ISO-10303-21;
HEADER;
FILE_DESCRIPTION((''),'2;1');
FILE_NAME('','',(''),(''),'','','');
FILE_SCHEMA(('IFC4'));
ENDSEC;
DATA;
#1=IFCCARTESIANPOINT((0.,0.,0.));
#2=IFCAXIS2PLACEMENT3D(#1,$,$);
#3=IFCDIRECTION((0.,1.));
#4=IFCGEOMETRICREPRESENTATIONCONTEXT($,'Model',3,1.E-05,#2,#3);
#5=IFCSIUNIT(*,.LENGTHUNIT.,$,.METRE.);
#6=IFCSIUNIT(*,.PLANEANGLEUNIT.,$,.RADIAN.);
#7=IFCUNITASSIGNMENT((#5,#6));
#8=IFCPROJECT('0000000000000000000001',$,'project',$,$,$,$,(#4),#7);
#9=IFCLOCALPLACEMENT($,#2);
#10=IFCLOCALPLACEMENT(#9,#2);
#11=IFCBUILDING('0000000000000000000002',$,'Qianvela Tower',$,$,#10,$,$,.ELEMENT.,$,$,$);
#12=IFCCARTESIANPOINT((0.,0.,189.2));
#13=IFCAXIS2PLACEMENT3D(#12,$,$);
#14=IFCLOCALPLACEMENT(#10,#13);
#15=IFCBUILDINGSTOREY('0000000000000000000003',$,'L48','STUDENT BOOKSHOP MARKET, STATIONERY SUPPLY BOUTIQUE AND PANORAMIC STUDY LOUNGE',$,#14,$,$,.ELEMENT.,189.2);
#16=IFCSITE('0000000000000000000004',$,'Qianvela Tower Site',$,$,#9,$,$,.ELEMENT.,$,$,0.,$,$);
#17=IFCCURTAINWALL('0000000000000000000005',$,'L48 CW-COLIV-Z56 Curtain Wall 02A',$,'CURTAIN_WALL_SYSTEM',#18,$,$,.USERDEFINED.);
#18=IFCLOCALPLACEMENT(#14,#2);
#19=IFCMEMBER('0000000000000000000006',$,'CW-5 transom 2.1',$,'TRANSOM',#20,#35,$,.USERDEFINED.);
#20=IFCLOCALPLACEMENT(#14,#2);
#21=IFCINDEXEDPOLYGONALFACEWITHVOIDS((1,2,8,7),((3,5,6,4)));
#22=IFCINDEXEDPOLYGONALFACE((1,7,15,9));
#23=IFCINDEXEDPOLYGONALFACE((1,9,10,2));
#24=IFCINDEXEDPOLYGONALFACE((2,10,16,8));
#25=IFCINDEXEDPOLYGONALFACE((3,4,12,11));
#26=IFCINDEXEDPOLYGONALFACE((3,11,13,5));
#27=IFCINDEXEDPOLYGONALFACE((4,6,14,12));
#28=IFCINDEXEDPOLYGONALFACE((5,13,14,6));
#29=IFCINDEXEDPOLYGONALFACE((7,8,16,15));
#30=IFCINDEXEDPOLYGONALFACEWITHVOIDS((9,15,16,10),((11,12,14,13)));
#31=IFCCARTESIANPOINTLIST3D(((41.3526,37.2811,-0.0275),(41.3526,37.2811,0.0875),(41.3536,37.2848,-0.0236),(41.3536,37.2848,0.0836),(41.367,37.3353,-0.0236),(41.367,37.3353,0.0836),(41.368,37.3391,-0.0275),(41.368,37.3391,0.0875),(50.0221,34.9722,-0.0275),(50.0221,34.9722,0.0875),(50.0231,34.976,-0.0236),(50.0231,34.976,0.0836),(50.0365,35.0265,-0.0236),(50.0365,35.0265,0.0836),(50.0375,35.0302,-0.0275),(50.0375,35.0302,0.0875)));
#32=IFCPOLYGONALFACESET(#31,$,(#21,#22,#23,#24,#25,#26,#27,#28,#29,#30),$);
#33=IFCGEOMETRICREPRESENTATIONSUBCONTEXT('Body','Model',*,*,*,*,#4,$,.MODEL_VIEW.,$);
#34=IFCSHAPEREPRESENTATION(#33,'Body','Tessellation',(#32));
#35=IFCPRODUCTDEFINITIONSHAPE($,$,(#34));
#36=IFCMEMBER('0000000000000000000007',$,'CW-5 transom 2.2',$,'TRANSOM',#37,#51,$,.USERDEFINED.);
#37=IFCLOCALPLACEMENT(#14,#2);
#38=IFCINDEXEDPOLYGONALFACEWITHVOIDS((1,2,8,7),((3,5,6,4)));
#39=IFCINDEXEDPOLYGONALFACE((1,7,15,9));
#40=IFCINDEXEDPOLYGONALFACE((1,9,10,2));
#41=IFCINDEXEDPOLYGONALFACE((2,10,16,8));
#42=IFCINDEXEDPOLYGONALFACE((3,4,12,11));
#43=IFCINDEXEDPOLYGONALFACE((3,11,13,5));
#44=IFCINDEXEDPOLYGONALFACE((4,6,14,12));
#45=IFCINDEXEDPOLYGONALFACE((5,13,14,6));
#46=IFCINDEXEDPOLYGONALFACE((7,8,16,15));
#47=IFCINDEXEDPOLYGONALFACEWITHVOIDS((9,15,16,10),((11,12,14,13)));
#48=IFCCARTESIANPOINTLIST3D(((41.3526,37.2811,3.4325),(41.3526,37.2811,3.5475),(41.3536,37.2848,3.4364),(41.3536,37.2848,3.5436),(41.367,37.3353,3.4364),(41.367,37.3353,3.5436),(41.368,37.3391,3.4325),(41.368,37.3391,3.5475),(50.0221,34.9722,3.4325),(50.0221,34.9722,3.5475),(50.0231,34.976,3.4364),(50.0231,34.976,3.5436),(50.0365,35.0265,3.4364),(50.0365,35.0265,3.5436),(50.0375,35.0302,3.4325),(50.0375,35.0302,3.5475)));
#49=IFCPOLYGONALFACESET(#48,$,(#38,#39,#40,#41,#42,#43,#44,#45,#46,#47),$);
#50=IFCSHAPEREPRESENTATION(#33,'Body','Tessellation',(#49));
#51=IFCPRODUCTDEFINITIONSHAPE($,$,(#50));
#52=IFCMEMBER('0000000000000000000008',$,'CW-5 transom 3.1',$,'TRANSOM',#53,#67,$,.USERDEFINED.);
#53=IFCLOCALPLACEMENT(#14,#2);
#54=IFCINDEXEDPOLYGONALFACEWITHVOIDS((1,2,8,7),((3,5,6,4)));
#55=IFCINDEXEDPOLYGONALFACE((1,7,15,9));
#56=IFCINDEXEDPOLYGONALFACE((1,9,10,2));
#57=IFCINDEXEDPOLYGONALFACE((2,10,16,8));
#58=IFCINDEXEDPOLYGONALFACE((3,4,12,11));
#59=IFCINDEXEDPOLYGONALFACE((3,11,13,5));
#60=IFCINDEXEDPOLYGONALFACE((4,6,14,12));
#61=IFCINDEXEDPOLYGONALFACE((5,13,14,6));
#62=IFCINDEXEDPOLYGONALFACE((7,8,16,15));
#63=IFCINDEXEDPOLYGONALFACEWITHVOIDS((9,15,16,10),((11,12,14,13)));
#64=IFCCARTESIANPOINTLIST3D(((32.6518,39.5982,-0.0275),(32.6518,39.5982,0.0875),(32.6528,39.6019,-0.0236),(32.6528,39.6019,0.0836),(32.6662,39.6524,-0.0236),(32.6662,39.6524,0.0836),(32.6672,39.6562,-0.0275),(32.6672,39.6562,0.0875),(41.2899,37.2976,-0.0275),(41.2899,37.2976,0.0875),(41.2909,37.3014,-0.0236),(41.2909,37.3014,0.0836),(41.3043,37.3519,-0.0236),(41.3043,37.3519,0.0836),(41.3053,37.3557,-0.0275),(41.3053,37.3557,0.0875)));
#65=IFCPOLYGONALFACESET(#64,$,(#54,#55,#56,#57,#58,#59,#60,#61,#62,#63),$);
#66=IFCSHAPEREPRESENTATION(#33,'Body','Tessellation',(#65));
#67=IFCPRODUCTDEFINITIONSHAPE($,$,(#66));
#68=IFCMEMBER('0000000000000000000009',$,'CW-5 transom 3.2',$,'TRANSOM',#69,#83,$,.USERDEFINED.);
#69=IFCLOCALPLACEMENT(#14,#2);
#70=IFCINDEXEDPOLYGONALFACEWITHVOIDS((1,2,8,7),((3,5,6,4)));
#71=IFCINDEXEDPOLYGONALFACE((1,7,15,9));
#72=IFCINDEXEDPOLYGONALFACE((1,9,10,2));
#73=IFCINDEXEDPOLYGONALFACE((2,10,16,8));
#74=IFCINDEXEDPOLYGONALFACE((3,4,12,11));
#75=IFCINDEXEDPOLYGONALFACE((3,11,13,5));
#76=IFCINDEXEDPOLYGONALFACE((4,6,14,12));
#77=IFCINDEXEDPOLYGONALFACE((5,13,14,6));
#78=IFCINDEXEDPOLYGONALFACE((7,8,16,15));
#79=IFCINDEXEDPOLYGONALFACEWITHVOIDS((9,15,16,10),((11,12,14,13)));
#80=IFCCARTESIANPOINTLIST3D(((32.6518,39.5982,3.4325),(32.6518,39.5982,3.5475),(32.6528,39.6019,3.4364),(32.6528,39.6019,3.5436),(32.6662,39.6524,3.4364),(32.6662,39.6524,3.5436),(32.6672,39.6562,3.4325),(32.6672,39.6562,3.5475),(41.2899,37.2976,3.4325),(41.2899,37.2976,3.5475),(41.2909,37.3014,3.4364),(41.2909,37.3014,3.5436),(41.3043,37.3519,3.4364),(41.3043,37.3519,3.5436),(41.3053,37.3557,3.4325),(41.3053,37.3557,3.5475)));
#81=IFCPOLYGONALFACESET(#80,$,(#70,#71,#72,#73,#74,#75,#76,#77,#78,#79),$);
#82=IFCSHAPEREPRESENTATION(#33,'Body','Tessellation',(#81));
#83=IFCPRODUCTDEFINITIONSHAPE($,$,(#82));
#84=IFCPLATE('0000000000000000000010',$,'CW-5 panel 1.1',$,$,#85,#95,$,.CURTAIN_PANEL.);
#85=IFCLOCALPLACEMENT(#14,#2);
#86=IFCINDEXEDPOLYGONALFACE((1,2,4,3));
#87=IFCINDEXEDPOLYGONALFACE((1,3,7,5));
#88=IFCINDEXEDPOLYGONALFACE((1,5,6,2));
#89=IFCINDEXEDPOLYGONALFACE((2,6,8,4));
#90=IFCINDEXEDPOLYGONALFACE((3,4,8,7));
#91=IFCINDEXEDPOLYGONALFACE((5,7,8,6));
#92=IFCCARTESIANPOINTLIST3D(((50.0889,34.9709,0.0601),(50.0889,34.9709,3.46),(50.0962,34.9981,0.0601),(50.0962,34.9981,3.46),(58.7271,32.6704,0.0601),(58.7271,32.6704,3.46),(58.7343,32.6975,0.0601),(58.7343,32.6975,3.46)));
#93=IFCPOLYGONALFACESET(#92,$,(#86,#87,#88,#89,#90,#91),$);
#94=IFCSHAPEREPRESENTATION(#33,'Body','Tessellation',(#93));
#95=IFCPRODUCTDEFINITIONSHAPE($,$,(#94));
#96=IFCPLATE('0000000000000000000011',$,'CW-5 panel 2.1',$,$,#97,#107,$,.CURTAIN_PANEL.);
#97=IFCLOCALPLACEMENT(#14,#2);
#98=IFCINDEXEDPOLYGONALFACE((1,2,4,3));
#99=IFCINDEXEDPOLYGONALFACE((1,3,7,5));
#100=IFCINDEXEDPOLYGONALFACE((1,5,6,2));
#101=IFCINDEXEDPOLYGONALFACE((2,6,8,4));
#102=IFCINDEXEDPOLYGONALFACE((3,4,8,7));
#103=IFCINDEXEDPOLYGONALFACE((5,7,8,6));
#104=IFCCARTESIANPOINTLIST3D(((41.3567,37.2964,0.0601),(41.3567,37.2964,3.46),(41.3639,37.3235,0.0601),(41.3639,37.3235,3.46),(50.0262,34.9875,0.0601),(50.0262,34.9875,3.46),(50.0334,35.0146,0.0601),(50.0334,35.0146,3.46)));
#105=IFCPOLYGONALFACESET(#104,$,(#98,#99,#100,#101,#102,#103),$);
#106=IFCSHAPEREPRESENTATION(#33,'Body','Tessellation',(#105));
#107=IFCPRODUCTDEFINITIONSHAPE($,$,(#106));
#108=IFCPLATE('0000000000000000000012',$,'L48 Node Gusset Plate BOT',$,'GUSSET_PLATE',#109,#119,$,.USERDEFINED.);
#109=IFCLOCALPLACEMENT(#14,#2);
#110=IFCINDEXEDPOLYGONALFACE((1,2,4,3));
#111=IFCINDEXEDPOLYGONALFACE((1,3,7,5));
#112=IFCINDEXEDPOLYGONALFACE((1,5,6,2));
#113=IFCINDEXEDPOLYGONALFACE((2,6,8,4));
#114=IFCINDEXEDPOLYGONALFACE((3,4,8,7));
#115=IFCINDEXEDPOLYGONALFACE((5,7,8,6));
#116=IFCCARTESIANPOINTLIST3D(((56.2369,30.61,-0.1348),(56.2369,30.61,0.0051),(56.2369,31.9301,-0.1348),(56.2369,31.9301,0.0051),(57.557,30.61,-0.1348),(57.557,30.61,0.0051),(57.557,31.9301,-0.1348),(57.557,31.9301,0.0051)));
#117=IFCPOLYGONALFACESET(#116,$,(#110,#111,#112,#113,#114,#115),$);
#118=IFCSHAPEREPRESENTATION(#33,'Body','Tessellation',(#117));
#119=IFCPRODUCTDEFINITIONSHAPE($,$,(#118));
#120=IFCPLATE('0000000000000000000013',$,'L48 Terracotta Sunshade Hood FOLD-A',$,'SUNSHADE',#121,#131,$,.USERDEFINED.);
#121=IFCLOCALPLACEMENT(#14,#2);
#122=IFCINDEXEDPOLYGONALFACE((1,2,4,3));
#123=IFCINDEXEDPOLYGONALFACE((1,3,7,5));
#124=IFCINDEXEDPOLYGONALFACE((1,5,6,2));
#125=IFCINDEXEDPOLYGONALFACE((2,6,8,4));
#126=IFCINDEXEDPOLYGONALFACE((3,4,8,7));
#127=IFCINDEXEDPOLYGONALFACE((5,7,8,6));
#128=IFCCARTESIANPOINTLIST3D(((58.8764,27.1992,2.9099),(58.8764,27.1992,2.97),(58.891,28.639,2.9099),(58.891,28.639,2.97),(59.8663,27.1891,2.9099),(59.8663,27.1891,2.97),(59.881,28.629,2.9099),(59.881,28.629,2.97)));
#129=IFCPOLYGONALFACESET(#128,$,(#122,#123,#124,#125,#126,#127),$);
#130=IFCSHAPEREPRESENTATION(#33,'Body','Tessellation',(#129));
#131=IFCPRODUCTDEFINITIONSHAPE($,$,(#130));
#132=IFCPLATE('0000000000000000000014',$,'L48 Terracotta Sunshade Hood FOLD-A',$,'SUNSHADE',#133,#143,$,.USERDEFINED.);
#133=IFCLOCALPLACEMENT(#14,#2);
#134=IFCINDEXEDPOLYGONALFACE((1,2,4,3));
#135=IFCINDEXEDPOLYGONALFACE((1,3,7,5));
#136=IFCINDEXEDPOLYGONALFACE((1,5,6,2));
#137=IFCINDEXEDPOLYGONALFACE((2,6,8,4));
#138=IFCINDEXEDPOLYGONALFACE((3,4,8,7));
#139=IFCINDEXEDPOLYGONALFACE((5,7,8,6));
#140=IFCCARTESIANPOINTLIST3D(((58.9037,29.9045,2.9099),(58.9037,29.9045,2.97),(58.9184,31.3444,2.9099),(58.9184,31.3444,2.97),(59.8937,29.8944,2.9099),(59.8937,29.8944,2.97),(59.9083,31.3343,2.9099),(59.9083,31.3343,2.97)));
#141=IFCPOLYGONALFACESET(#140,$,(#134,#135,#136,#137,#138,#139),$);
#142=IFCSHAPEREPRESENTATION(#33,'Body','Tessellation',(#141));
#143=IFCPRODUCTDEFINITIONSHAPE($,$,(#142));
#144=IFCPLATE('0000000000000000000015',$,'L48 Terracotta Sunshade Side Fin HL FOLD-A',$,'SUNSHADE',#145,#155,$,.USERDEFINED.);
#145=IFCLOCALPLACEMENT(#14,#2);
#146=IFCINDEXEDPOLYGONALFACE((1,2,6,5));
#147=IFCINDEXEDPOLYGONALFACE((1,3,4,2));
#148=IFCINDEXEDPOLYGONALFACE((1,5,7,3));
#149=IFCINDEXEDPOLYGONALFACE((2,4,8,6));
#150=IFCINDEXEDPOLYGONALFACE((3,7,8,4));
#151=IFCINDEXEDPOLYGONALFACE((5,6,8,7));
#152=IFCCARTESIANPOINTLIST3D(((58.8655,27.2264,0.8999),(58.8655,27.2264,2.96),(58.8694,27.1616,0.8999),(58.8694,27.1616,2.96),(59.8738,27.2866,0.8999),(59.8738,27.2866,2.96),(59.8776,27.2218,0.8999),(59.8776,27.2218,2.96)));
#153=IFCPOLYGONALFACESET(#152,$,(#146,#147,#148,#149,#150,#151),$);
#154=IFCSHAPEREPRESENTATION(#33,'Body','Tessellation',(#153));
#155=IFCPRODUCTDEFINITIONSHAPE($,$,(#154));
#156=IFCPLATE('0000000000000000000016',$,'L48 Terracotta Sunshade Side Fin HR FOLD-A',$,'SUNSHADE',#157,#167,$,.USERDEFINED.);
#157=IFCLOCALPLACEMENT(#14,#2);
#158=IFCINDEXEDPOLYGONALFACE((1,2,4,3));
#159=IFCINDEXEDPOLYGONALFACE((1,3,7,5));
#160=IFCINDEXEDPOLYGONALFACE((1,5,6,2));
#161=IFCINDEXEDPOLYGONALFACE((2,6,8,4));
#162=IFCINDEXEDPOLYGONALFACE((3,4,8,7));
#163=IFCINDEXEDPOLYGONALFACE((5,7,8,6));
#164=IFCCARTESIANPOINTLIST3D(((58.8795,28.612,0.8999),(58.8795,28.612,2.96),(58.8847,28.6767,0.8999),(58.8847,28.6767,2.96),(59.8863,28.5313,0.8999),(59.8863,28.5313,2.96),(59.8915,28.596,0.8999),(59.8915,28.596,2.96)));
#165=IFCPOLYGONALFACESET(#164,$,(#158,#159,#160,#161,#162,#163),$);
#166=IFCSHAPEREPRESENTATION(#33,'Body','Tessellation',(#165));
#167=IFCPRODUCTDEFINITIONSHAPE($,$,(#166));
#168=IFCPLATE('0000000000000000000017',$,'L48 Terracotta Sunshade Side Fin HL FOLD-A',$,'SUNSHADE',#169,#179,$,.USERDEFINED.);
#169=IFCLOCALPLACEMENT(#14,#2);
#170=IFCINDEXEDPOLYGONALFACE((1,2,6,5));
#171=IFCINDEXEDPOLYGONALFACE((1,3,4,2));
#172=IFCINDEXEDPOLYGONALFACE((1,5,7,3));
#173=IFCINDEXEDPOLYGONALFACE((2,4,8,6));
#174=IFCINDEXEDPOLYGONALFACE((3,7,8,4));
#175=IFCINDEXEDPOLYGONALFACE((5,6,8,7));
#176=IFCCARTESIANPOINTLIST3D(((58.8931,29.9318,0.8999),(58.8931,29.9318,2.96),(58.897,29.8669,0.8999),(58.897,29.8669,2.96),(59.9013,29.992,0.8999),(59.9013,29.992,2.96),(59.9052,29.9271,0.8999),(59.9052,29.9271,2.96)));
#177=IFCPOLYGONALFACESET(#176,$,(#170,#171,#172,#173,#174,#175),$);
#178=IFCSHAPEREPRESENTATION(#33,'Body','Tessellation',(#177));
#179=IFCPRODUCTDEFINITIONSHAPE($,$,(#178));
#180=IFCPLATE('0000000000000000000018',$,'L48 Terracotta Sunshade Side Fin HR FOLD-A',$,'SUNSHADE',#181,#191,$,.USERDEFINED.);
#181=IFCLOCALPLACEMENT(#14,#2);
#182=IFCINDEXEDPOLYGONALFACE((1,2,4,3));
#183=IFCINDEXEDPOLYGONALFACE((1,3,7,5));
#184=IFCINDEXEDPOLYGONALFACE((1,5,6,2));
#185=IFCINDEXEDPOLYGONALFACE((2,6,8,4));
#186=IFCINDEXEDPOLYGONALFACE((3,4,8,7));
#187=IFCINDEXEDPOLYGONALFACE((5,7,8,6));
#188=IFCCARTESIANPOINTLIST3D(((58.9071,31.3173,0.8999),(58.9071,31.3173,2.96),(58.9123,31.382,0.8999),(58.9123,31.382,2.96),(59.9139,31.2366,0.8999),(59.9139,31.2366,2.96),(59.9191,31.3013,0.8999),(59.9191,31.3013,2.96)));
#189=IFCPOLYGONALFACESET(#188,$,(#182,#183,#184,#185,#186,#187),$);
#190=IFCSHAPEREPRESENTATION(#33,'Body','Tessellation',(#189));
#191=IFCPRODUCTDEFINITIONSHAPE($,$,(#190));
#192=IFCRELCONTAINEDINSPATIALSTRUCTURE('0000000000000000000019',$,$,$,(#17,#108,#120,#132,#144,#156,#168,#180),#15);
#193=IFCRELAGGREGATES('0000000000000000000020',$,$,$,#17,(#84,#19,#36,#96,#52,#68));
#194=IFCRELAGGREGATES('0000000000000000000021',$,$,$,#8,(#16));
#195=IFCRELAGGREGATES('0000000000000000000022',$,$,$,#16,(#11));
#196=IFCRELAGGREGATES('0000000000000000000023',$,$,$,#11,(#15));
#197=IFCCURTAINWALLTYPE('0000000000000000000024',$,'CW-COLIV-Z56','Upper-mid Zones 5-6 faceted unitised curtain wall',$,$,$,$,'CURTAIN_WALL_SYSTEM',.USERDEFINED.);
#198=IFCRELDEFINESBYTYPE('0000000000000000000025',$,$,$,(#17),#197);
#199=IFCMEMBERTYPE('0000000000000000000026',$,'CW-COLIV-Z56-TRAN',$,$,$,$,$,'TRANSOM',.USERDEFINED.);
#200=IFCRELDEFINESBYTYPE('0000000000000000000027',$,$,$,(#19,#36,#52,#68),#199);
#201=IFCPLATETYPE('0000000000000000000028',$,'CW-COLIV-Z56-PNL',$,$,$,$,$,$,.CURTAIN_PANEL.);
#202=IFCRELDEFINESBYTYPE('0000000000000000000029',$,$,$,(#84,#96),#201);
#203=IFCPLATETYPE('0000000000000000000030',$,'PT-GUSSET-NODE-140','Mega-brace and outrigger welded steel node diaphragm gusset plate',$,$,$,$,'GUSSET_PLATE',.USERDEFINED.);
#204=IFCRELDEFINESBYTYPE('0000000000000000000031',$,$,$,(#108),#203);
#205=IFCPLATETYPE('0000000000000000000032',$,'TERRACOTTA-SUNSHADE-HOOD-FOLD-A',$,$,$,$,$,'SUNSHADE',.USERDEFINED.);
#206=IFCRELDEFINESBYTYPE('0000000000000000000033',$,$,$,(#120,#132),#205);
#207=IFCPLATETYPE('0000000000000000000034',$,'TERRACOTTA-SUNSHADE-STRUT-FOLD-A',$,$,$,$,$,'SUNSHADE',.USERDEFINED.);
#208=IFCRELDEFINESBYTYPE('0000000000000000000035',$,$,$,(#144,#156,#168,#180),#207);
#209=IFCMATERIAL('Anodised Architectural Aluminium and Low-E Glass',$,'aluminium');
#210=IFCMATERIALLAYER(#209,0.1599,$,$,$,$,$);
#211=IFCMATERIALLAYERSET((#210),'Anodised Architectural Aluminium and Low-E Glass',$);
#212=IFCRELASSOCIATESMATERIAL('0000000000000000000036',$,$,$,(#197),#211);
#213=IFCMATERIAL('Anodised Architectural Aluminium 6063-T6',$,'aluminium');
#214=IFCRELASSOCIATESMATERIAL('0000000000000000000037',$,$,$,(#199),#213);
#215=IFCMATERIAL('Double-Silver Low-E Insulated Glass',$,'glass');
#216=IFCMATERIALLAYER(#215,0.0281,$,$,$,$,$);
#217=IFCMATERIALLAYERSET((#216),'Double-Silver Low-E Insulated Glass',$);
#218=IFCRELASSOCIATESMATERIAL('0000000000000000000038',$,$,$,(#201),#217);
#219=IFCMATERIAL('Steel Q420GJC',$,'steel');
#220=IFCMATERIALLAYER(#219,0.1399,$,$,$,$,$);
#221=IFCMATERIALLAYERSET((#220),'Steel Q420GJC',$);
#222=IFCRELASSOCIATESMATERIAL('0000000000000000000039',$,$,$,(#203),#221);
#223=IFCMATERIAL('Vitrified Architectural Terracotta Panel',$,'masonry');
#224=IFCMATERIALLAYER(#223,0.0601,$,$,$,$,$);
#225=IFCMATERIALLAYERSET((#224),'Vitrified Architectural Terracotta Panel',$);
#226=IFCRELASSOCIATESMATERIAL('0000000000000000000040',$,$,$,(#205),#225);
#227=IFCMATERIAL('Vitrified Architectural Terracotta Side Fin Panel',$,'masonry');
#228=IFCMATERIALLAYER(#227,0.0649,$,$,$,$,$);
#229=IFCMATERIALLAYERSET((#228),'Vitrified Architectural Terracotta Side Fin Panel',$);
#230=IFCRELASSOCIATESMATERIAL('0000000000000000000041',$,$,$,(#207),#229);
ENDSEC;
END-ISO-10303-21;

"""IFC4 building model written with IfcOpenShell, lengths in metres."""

from ifc_helpers import new_model, si_unit, direction, frame, origin, origin_2d, place, context, subcontext, project, spatial, rectangle, hollow_rectangle, extrude, material, layer, layer_set, material_profile, profile_set, type_object, element, aggregate, save


model = new_model("IFC4")

# Units and contexts
model_context = context("Model", 3, precision=1e-05, world=origin(), true_north=direction((0.0, 1.0)))
body_context = subcontext(model_context, "Body", "Model", "MODEL_VIEW")
ifc_project = project(units=[si_unit("LENGTHUNIT", "METRE"), si_unit("PLANEANGLEUNIT", "RADIAN")], contexts=[model_context])

# Site, building, storey
site_placement = place(None, origin())
site = spatial("IfcSite", under=ifc_project, at=site_placement, Name="Qianvela Tower Site", CompositionType="ELEMENT", RefElevation=0.0)
building_placement = place(site_placement, origin())
building = spatial("IfcBuilding", under=site, at=building_placement, Name="Qianvela Tower", CompositionType="ELEMENT")
storey_placement = place(building_placement, frame((0.0, 0.0, 189.2)))
storey = spatial("IfcBuildingStorey", under=building, at=storey_placement, Name="L48", Description="STUDENT BOOKSHOP MARKET, STATIONERY SUPPLY BOUTIQUE AND PANORAMIC STUDY LOUNGE", CompositionType="ELEMENT", Elevation=189.2)

# Curtain wall, members, plates
ifc_material_1 = material(Name="Anodised Architectural Aluminium and Low-E Glass", Category="aluminium")
ifc_layer_1 = layer(ifc_material_1, 0.1599)
ifc_layer_set_1 = layer_set([ifc_layer_1], Name="Anodised Architectural Aluminium and Low-E Glass")
curtain_wall_type = type_object("IfcCurtainWallType", Name="CW-COLIV-Z56", Description="Upper-mid Zones 5-6 faceted unitised curtain wall", ElementType="CURTAIN_WALL_SYSTEM", PredefinedType="USERDEFINED", material=ifc_layer_set_1)
curtain_wall_placement = place(storey_placement, origin())
curtain_wall = element("IfcCurtainWall", 1, at=curtain_wall_placement, inside=storey, type_object=curtain_wall_type, Name="L48 CW-COLIV-Z56 Curtain Wall 02A", ObjectType="CURTAIN_WALL_SYSTEM", PredefinedType="USERDEFINED")
ifc_material_2 = material(Name="Anodised Architectural Aluminium 6063-T6", Category="aluminium")
ifc_material_profile_1 = material_profile(ifc_material_2, hollow_rectangle(XDim=0.0601, YDim=0.115, WallThickness=0.0039, at=origin_2d()), Name="ALU-TRAN-60x115")
ifc_profile_set_1 = profile_set([ifc_material_profile_1], Name="Anodised Architectural Aluminium 6063-T6")
member_type_1 = type_object("IfcMemberType", Name="CW-COLIV-Z56-TRAN", ElementType="TRANSOM", PredefinedType="USERDEFINED", material=ifc_profile_set_1)
member_1_placement = place(storey_placement, frame((50.0298, 35.0012, 0.03), z_axis=(-0.966318, 0.257349, 0.0), x_axis=(-0.257349, -0.966318, 0.0)))
member_1 = element("IfcMember", 2, at=member_1_placement, type_object=member_type_1, Name="CW-5 transom 2.1", ObjectType="TRANSOM", PredefinedType="USERDEFINED", context=body_context, shape_type="SweptSolid", body=[
    extrude(hollow_rectangle(XDim=0.0601, YDim=0.115, WallThickness=0.0039, at=origin_2d()), origin(), (0.0, 0.0, 1.0), 8.9717),
])
member_2_placement = place(storey_placement, frame((50.0298, 35.0012, 3.49), z_axis=(-0.966318, 0.257349, 0.0), x_axis=(-0.257349, -0.966318, 0.0)))
member_2 = element("IfcMember", 3, at=member_2_placement, type_object=member_type_1, Name="CW-5 transom 2.2", ObjectType="TRANSOM", PredefinedType="USERDEFINED", context=body_context, shape_type="SweptSolid", body=[
    extrude(hollow_rectangle(XDim=0.0601, YDim=0.115, WallThickness=0.0039, at=origin_2d()), origin(), (0.0, 0.0, 1.0), 8.9717),
])
member_3_placement = place(storey_placement, frame((41.2976, 37.3267, 0.03), z_axis=(-0.966318, 0.257352, 0.0), x_axis=(-0.257352, -0.966318, 0.0)))
member_3 = element("IfcMember", 4, at=member_3_placement, type_object=member_type_1, Name="CW-5 transom 3.1", ObjectType="TRANSOM", PredefinedType="USERDEFINED", context=body_context, shape_type="SweptSolid", body=[
    extrude(hollow_rectangle(XDim=0.0601, YDim=0.115, WallThickness=0.0039, at=origin_2d()), origin(), (0.0, 0.0, 1.0), 8.9392),
])
member_4_placement = place(storey_placement, frame((41.2976, 37.3267, 3.49), z_axis=(-0.966318, 0.257352, 0.0), x_axis=(-0.257352, -0.966318, 0.0)))
member_4 = element("IfcMember", 5, at=member_4_placement, type_object=member_type_1, Name="CW-5 transom 3.2", ObjectType="TRANSOM", PredefinedType="USERDEFINED", context=body_context, shape_type="SweptSolid", body=[
    extrude(hollow_rectangle(XDim=0.0601, YDim=0.115, WallThickness=0.0039, at=origin_2d()), origin(), (0.0, 0.0, 1.0), 8.9392),
])
ifc_material_3 = material(Name="Double-Silver Low-E Insulated Glass", Category="glass")
ifc_layer_2 = layer(ifc_material_3, 0.0281)
ifc_layer_set_2 = layer_set([ifc_layer_2], Name="Double-Silver Low-E Insulated Glass")
plate_type_1 = type_object("IfcPlateType", Name="CW-COLIV-Z56-PNL", PredefinedType="CURTAIN_PANEL", material=ifc_layer_set_2)
plate_1_placement = place(storey_placement, frame((54.4116, 33.8342, 0.0601), z_axis=(0.0, 0.0, 1.0), x_axis=(-0.966318, 0.257351, 0.0)))
plate_1 = element("IfcPlate", 6, at=plate_1_placement, type_object=plate_type_1, Name="CW-5 panel 1.1", PredefinedType="CURTAIN_PANEL", context=body_context, shape_type="SweptSolid", body=[
    extrude(rectangle(XDim=8.9392, YDim=0.0281, at=origin_2d()), origin(), (0.0, 0.0, 1.0), 3.3999),
])
plate_2_placement = place(storey_placement, frame((45.6951, 36.1555, 0.0601), z_axis=(0.0, 0.0, 1.0), x_axis=(-0.966318, 0.257351, 0.0)))
plate_2 = element("IfcPlate", 7, at=plate_2_placement, type_object=plate_type_1, Name="CW-5 panel 2.1", PredefinedType="CURTAIN_PANEL", context=body_context, shape_type="SweptSolid", body=[
    extrude(rectangle(XDim=8.9717, YDim=0.0281, at=origin_2d()), origin(), (0.0, 0.0, 1.0), 3.3999),
])
aggregate(curtain_wall, [plate_1, member_1, member_2, plate_2, member_3, member_4])

# Plates
ifc_material_4 = material(Name="Steel Q420GJC", Category="steel")
ifc_layer_3 = layer(ifc_material_4, 0.1399)
ifc_layer_set_3 = layer_set([ifc_layer_3], Name="Steel Q420GJC")
plate_type_2 = type_object("IfcPlateType", Name="PT-GUSSET-NODE-140", Description="Mega-brace and outrigger welded steel node diaphragm gusset plate", ElementType="GUSSET_PLATE", PredefinedType="USERDEFINED", material=ifc_layer_set_3)
plate_3_placement = place(storey_placement, frame((56.897, 31.27, -0.1348), z_axis=(0.0, 0.0, 1.0), x_axis=(1.0, 0.0, 0.0)))
element("IfcPlate", 8, at=plate_3_placement, inside=storey, type_object=plate_type_2, Name="L48 Node Gusset Plate BOT", ObjectType="GUSSET_PLATE", PredefinedType="USERDEFINED", context=body_context, shape_type="SweptSolid", body=[
    extrude(rectangle(XDim=1.3201, YDim=1.3201, at=origin_2d()), origin(), (0.0, 0.0, 1.0), 0.1399),
])
ifc_material_5 = material(Name="Vitrified Architectural Terracotta Panel", Category="masonry")
ifc_layer_4 = layer(ifc_material_5, 0.0601)
ifc_layer_set_4 = layer_set([ifc_layer_4], Name="Vitrified Architectural Terracotta Panel")
plate_type_3 = type_object("IfcPlateType", Name="TERRACOTTA-SUNSHADE-HOOD-FOLD-A", ElementType="SUNSHADE", PredefinedType="USERDEFINED", material=ifc_layer_set_4)
for number, where, z_axis, x_axis, name in (
    (9, (59.3787, 27.9141, 2.9099), (0.0, 0.0, 1.0), (0.010172, 0.999948, 0.0), "L48 Terracotta Sunshade Hood FOLD-A"),
    (10, (59.406, 30.6194, 2.9099), (0.0, 0.0, 1.0), (0.010172, 0.999948, 0.0), "L48 Terracotta Sunshade Hood FOLD-A"),
):
    element("IfcPlate", number, at=place(storey_placement, frame(where, z_axis=z_axis, x_axis=x_axis)), inside=storey, type_object=plate_type_3, Name=name, ObjectType="SUNSHADE", PredefinedType="USERDEFINED", context=body_context, shape_type="SweptSolid", body=[
        extrude(rectangle(XDim=1.4399, YDim=0.99, at=origin_2d()), origin(), (0.0, 0.0, 1.0), 0.0601),
    ])
ifc_material_6 = material(Name="Vitrified Architectural Terracotta Side Fin Panel", Category="masonry")
ifc_layer_5 = layer(ifc_material_6, 0.0649)
ifc_layer_set_5 = layer_set([ifc_layer_5], Name="Vitrified Architectural Terracotta Side Fin Panel")
plate_type_4 = type_object("IfcPlateType", Name="TERRACOTTA-SUNSHADE-STRUT-FOLD-A", ElementType="SUNSHADE", PredefinedType="USERDEFINED", material=ifc_layer_set_5)
for number, where, z_axis, x_axis, name in (
    (11, (59.3716, 27.2241, 0.8999), (0.0, 0.0, 1.0), (-0.059606, 0.998222, 0.0), "L48 Terracotta Sunshade Side Fin HL FOLD-A"),
    (12, (59.3855, 28.604, 0.8999), (0.0, 0.0, 1.0), (0.0799, 0.996803, 0.0), "L48 Terracotta Sunshade Side Fin HR FOLD-A"),
    (13, (59.3992, 29.9294, 0.8999), (0.0, 0.0, 1.0), (-0.059606, 0.998222, 0.0), "L48 Terracotta Sunshade Side Fin HL FOLD-A"),
    (14, (59.4131, 31.3093, 0.8999), (0.0, 0.0, 1.0), (0.0799, 0.996803, 0.0), "L48 Terracotta Sunshade Side Fin HR FOLD-A"),
):
    element("IfcPlate", number, at=place(storey_placement, frame(where, z_axis=z_axis, x_axis=x_axis)), inside=storey, type_object=plate_type_4, Name=name, ObjectType="SUNSHADE", PredefinedType="USERDEFINED", context=body_context, shape_type="SweptSolid", body=[
        extrude(rectangle(XDim=0.0649, YDim=1.01, at=origin_2d()), origin(), (0.0, 0.0, 1.0), 2.0601),
    ])

save(model, "model.ifc")
